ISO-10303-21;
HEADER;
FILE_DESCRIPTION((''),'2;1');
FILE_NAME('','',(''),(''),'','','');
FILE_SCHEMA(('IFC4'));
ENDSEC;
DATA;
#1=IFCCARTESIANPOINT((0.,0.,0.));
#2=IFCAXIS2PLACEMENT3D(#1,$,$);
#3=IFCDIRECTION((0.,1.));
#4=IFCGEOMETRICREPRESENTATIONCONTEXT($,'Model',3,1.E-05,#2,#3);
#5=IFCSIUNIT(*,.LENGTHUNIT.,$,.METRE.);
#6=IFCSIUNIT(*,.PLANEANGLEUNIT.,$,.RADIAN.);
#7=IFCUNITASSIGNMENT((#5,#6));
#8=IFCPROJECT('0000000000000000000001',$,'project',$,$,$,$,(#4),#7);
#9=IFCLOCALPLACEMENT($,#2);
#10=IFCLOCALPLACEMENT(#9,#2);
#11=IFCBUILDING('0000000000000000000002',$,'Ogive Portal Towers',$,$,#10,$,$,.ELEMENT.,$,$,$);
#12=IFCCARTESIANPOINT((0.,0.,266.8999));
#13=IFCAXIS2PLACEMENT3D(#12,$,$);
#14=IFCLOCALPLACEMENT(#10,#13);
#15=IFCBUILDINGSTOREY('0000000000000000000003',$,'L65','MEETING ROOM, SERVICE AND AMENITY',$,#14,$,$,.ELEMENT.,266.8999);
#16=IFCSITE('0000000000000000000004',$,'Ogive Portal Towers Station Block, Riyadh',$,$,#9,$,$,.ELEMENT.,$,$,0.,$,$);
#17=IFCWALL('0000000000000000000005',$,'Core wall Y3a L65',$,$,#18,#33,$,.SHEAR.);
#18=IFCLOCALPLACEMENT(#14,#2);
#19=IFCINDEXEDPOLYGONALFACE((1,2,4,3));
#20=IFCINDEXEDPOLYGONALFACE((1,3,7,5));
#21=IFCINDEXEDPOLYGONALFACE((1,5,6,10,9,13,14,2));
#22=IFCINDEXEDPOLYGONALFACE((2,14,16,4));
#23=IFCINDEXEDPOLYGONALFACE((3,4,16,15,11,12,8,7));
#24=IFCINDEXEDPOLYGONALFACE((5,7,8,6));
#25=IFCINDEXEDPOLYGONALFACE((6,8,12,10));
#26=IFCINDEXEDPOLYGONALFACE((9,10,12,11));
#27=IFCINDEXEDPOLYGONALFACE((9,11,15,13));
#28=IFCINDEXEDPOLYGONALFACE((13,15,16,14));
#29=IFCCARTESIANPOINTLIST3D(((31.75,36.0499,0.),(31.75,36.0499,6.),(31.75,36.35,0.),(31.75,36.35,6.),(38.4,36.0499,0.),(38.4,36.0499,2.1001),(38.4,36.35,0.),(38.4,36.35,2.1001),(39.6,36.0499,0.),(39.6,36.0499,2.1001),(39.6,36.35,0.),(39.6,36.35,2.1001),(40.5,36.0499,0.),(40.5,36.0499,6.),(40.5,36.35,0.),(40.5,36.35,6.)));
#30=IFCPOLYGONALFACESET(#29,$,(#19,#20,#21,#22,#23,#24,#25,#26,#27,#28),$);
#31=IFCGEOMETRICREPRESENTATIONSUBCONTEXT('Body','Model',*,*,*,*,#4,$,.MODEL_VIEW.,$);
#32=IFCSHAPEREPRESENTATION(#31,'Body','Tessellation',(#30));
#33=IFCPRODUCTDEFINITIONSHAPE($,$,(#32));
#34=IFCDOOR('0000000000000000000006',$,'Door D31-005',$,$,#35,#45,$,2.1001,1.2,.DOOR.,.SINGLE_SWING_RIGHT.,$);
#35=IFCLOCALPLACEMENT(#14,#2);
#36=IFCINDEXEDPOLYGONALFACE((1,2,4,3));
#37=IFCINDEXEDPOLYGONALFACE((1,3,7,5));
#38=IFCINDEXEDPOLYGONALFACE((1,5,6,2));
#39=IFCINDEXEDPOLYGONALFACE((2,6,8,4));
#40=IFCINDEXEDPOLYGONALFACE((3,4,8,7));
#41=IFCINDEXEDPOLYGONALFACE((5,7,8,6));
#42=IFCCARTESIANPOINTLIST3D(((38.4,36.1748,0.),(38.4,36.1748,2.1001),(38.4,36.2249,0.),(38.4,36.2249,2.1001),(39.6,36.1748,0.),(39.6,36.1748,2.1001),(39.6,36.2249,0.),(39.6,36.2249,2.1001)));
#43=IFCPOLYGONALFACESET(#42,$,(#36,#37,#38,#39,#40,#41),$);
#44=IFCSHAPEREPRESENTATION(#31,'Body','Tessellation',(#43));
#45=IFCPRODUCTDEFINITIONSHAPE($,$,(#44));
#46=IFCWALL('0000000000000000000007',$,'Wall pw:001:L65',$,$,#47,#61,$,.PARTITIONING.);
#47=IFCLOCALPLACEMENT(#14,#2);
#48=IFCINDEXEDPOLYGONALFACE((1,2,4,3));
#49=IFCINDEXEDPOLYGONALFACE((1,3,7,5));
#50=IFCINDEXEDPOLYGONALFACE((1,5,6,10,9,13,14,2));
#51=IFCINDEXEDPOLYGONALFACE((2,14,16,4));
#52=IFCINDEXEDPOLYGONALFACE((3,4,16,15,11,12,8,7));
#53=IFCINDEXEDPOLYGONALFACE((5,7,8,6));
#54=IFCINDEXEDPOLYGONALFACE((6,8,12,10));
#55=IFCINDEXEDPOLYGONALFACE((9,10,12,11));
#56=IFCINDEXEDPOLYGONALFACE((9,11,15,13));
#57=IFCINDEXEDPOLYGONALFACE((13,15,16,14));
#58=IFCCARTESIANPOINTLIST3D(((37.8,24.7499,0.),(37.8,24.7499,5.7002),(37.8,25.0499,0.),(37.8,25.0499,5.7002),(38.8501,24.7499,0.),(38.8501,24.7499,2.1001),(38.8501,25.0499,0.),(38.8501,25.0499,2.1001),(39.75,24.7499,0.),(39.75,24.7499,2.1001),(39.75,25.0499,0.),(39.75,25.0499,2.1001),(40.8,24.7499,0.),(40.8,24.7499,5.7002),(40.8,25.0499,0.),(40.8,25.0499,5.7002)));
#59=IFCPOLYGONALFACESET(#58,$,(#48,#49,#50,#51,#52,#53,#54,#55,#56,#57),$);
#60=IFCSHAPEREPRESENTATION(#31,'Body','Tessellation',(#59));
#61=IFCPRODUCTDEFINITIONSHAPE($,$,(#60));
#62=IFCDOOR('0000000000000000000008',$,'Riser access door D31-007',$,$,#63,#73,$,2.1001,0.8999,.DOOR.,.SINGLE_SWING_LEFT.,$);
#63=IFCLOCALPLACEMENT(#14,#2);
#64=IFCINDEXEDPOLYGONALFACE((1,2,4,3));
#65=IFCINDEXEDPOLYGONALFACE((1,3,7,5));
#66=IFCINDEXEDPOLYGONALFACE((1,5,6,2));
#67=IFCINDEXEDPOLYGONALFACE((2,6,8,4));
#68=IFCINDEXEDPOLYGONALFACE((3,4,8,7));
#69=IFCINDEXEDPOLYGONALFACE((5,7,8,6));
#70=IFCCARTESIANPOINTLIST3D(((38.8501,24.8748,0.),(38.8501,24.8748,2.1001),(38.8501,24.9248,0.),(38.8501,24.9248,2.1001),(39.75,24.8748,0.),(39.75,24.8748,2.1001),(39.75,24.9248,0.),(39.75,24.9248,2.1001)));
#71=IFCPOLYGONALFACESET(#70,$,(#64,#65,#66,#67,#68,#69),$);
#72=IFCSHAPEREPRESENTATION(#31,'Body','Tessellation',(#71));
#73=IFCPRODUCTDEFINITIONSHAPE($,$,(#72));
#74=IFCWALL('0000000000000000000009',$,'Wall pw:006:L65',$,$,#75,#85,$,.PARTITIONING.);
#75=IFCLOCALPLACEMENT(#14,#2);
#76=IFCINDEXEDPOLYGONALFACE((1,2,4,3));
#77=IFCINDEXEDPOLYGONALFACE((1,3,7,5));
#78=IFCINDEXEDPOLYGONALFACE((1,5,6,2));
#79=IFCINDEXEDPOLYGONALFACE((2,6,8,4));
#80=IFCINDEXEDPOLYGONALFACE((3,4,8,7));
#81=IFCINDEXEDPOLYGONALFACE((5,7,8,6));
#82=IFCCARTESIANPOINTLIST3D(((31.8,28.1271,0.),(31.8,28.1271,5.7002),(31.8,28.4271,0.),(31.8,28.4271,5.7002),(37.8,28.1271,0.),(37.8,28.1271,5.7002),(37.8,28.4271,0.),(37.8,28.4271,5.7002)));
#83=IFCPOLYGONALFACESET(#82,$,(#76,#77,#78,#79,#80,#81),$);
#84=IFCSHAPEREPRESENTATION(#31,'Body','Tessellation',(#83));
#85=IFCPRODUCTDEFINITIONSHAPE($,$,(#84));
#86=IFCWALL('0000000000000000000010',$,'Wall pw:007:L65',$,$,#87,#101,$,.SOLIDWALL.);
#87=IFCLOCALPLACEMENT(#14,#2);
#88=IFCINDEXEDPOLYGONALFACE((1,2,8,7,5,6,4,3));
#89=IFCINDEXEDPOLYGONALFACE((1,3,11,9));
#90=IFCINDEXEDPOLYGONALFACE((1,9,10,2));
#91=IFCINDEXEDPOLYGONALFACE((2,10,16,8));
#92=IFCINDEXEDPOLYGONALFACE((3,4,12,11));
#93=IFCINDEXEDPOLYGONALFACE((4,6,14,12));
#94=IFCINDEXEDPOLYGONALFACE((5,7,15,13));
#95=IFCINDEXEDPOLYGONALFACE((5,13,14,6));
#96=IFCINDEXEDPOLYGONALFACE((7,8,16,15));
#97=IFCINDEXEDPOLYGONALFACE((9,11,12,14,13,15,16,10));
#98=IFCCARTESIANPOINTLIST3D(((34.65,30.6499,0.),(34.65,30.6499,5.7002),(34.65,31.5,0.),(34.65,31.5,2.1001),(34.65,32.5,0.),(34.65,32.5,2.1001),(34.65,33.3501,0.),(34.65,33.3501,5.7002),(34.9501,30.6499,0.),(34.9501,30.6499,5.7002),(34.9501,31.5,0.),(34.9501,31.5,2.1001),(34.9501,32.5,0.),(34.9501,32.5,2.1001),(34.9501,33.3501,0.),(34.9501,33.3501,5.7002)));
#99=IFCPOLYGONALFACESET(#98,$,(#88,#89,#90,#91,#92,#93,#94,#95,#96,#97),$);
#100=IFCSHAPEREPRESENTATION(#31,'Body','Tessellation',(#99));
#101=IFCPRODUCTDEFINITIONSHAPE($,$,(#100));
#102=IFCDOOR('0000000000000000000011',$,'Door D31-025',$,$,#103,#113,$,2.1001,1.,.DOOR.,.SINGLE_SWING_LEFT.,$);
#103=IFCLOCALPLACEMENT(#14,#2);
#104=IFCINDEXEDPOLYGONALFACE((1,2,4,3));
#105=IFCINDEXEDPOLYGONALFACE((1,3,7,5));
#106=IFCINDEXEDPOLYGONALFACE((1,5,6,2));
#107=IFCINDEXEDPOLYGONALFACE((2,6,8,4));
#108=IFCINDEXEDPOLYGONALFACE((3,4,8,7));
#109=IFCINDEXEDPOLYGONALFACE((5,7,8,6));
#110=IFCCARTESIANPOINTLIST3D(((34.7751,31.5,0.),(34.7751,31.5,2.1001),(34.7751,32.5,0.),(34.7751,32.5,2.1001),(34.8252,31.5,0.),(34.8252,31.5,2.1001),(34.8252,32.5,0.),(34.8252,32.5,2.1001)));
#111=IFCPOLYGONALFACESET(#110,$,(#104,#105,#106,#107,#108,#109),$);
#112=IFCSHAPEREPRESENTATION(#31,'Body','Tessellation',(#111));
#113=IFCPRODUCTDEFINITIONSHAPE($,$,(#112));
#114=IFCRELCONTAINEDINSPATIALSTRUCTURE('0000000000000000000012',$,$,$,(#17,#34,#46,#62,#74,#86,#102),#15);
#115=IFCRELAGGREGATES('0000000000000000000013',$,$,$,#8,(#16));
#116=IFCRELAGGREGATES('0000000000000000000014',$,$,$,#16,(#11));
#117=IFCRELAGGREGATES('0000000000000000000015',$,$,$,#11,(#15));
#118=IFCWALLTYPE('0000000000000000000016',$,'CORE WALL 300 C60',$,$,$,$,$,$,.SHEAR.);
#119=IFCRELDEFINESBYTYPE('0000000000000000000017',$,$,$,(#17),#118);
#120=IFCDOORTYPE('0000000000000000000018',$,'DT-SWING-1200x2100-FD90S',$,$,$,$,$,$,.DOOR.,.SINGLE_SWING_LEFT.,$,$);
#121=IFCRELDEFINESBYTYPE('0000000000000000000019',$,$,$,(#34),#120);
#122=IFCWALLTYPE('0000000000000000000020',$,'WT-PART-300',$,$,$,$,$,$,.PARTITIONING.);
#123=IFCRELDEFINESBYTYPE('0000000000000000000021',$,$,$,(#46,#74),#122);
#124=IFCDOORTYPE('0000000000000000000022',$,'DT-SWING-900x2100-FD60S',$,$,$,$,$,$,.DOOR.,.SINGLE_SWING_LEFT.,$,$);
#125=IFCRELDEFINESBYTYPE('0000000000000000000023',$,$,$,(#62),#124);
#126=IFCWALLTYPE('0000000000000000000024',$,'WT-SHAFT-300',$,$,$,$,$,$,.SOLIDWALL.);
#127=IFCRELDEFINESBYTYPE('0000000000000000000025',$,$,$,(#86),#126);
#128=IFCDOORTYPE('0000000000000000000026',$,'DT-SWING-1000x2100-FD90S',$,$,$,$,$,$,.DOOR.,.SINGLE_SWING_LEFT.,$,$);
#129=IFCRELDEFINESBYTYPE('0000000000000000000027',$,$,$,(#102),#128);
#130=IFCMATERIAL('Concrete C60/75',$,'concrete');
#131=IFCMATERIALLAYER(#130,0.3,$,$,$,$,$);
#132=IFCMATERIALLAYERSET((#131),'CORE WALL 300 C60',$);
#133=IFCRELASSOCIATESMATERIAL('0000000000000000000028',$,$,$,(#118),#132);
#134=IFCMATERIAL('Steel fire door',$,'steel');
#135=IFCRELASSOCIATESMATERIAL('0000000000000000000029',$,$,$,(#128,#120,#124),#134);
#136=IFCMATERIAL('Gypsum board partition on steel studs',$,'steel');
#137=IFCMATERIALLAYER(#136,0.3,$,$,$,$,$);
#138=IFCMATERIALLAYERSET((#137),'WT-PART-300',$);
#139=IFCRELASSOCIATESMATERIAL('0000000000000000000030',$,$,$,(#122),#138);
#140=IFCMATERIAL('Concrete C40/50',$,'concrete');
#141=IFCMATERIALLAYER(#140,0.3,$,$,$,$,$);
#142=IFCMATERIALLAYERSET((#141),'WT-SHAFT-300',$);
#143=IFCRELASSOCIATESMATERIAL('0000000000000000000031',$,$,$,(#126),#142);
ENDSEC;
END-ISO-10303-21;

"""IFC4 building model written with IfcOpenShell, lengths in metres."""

from ifc_helpers import new_model, si_unit, direction, frame, frame_2d, origin, place, context, subcontext, project, spatial, rectangle, extrude, material, layer, layer_set, type_object, element, fill, save


model = new_model("IFC4")

# Units and contexts
model_context = context("Model", 3, precision=1e-05, world=origin(), true_north=direction((0.0, 1.0)))
body_context = subcontext(model_context, "Body", "Model", "MODEL_VIEW")
ifc_project = project(units=[si_unit("LENGTHUNIT", "METRE"), si_unit("PLANEANGLEUNIT", "RADIAN")], contexts=[model_context])

# Site, building, storey
site_placement = place(None, origin())
site = spatial("IfcSite", under=ifc_project, at=site_placement, Name="Ogive Portal Towers Station Block, Riyadh", CompositionType="ELEMENT", RefElevation=0.0)
building_placement = place(site_placement, origin())
building = spatial("IfcBuilding", under=site, at=building_placement, Name="Ogive Portal Towers", CompositionType="ELEMENT")
storey_placement = place(building_placement, frame((0.0, 0.0, 266.8999)))
storey = spatial("IfcBuildingStorey", under=building, at=storey_placement, Name="L65", Description="MEETING ROOM, SERVICE AND AMENITY", CompositionType="ELEMENT", Elevation=266.8999)

# Shared definitions
ifc_material_1 = material(Name="Concrete C40/50", Category="concrete")

# Shared definitions
ifc_material_2 = material(Name="Concrete C60/75", Category="concrete")
ifc_layer_1 = layer(ifc_material_2, 0.3)
ifc_layer_set_1 = layer_set([ifc_layer_1], Name="CORE WALL 300 C60")
wall_type_1 = type_object("IfcWallType", Name="CORE WALL 300 C60", PredefinedType="SHEAR", material=ifc_layer_set_1)
ifc_material_3 = material(Name="Steel fire door", Category="steel")
door_type_1 = type_object("IfcDoorType", Name="DT-SWING-1000x2100-FD90S", OperationType="SINGLE_SWING_LEFT", PredefinedType="DOOR", material=ifc_material_3)
door_type_2 = type_object("IfcDoorType", Name="DT-SWING-1200x2100-FD90S", OperationType="SINGLE_SWING_LEFT", PredefinedType="DOOR", material=ifc_material_3)

# Walls, openings, doors
wall_1_placement = place(storey_placement, frame((31.75, 36.2, 0.0), z_axis=(0.0, 0.0, 1.0), x_axis=(1.0, 0.0, 0.0)))
wall_1 = element("IfcWall", 1, at=wall_1_placement, inside=storey, type_object=wall_type_1, Name="Core wall Y3a L65", PredefinedType="SHEAR", context=body_context, shape_type="SweptSolid", body=[
    extrude(rectangle(XDim=8.75, YDim=0.3, at=frame_2d((4.375, 0.0))), origin(), (0.0, 0.0, 1.0), 6.0),
])
opening_1_placement = place(wall_1_placement, frame((6.6499, 0.0, 0.0)))
opening_1 = element("IfcOpeningElement", 2, at=opening_1_placement, cuts=wall_1, PredefinedType="OPENING", context=body_context, shape_type="SweptSolid", body=[
    extrude(rectangle(XDim=1.2, YDim=2.1001, at=frame_2d((0.6001, 1.05))), frame((0.0, 0.1602, 0.0), z_axis=(0.0, -1.0, 0.0), x_axis=(1.0, 0.0, 0.0)), (0.0, 0.0, 1.0), 0.3201),
])
door_1_placement = place(opening_1_placement, origin())
door_1 = element("IfcDoor", 3, at=door_1_placement, inside=storey, type_object=door_type_2, Name="Door D31-005", OperationType="SINGLE_SWING_RIGHT", OverallHeight=2.1001, OverallWidth=1.2, PredefinedType="DOOR", context=body_context, shape_type="SweptSolid", body=[
    extrude(rectangle(XDim=1.2, YDim=2.1001, at=frame_2d((0.6001, 1.05))), frame((0.0, 0.0249, 0.0), z_axis=(0.0, -1.0, 0.0), x_axis=(1.0, 0.0, 0.0)), (0.0, 0.0, 1.0), 0.05),
])
fill(opening_1, door_1)
ifc_material_4 = material(Name="Gypsum board partition on steel studs", Category="steel")
ifc_layer_2 = layer(ifc_material_4, 0.3)
ifc_layer_set_2 = layer_set([ifc_layer_2], Name="WT-PART-300")
wall_type_2 = type_object("IfcWallType", Name="WT-PART-300", PredefinedType="PARTITIONING", material=ifc_layer_set_2)
wall_2_placement = place(storey_placement, frame((37.8, 24.8999, 0.0), z_axis=(0.0, 0.0, 1.0), x_axis=(1.0, 0.0, 0.0)))
wall_2 = element("IfcWall", 4, at=wall_2_placement, inside=storey, type_object=wall_type_2, Name="Wall pw:001:L65", PredefinedType="PARTITIONING", context=body_context, shape_type="SweptSolid", body=[
    extrude(rectangle(XDim=3.0, YDim=0.3, at=frame_2d((1.5, 0.0))), origin(), (0.0, 0.0, 1.0), 5.7002),
])
opening_2_placement = place(wall_2_placement, frame((1.05, 0.0, 0.0)))
opening_2 = element("IfcOpeningElement", 5, at=opening_2_placement, cuts=wall_2, PredefinedType="OPENING", context=body_context, shape_type="SweptSolid", body=[
    extrude(rectangle(XDim=0.8999, YDim=2.1001, at=frame_2d((0.45, 1.05))), frame((0.0, 0.1602, 0.0), z_axis=(0.0, -1.0, 0.0), x_axis=(1.0, 0.0, 0.0)), (0.0, 0.0, 1.0), 0.3201),
])
door_type_3 = type_object("IfcDoorType", Name="DT-SWING-900x2100-FD60S", OperationType="SINGLE_SWING_LEFT", PredefinedType="DOOR", material=ifc_material_3)
door_2_placement = place(opening_2_placement, origin())
door_2 = element("IfcDoor", 6, at=door_2_placement, inside=storey, type_object=door_type_3, Name="Riser access door D31-007", OperationType="SINGLE_SWING_LEFT", OverallHeight=2.1001, OverallWidth=0.8999, PredefinedType="DOOR", context=body_context, shape_type="SweptSolid", body=[
    extrude(rectangle(XDim=0.8999, YDim=2.1001, at=frame_2d((0.45, 1.05))), frame((0.0, 0.0249, 0.0), z_axis=(0.0, -1.0, 0.0), x_axis=(1.0, 0.0, 0.0)), (0.0, 0.0, 1.0), 0.05),
])
fill(opening_2, door_2)

# Wall
wall_3_placement = place(storey_placement, frame((31.8, 28.2771, 0.0), z_axis=(0.0, 0.0, 1.0), x_axis=(1.0, 0.0, 0.0)))
element("IfcWall", 7, at=wall_3_placement, inside=storey, type_object=wall_type_2, Name="Wall pw:006:L65", PredefinedType="PARTITIONING", context=body_context, shape_type="SweptSolid", body=[
    extrude(rectangle(XDim=6.0, YDim=0.3, at=frame_2d((3.0, 0.0))), origin(), (0.0, 0.0, 1.0), 5.7002),
])

# Wall, opening, door
ifc_layer_3 = layer(ifc_material_1, 0.3)
ifc_layer_set_3 = layer_set([ifc_layer_3], Name="WT-SHAFT-300")
wall_type_3 = type_object("IfcWallType", Name="WT-SHAFT-300", PredefinedType="SOLIDWALL", material=ifc_layer_set_3)
wall_4_placement = place(storey_placement, frame((34.8, 30.6499, 0.0), z_axis=(0.0, 0.0, 1.0), x_axis=(0.0, 1.0, 0.0)))
wall_4 = element("IfcWall", 8, at=wall_4_placement, inside=storey, type_object=wall_type_3, Name="Wall pw:007:L65", PredefinedType="SOLIDWALL", context=body_context, shape_type="SweptSolid", body=[
    extrude(rectangle(XDim=2.7002, YDim=0.3, at=frame_2d((1.3501, 0.0))), origin(), (0.0, 0.0, 1.0), 5.7002),
])
opening_3_placement = place(wall_4_placement, frame((0.8501, 0.0, 0.0)))
opening_3 = element("IfcOpeningElement", 9, at=opening_3_placement, cuts=wall_4, PredefinedType="OPENING", context=body_context, shape_type="SweptSolid", body=[
    extrude(rectangle(XDim=1.0, YDim=2.1001, at=frame_2d((0.5, 1.05))), frame((0.0, 0.1602, 0.0), z_axis=(0.0, -1.0, 0.0), x_axis=(1.0, 0.0, 0.0)), (0.0, 0.0, 1.0), 0.3201),
])
door_3_placement = place(opening_3_placement, origin())
door_3 = element("IfcDoor", 10, at=door_3_placement, inside=storey, type_object=door_type_1, Name="Door D31-025", OperationType="SINGLE_SWING_LEFT", OverallHeight=2.1001, OverallWidth=1.0, PredefinedType="DOOR", context=body_context, shape_type="SweptSolid", body=[
    extrude(rectangle(XDim=1.0, YDim=2.1001, at=frame_2d((0.5, 1.05))), frame((0.0, 0.0249, 0.0), z_axis=(0.0, -1.0, 0.0), x_axis=(1.0, 0.0, 0.0)), (0.0, 0.0, 1.0), 0.05),
])
fill(opening_3, door_3)

save(model, "model.ifc")
